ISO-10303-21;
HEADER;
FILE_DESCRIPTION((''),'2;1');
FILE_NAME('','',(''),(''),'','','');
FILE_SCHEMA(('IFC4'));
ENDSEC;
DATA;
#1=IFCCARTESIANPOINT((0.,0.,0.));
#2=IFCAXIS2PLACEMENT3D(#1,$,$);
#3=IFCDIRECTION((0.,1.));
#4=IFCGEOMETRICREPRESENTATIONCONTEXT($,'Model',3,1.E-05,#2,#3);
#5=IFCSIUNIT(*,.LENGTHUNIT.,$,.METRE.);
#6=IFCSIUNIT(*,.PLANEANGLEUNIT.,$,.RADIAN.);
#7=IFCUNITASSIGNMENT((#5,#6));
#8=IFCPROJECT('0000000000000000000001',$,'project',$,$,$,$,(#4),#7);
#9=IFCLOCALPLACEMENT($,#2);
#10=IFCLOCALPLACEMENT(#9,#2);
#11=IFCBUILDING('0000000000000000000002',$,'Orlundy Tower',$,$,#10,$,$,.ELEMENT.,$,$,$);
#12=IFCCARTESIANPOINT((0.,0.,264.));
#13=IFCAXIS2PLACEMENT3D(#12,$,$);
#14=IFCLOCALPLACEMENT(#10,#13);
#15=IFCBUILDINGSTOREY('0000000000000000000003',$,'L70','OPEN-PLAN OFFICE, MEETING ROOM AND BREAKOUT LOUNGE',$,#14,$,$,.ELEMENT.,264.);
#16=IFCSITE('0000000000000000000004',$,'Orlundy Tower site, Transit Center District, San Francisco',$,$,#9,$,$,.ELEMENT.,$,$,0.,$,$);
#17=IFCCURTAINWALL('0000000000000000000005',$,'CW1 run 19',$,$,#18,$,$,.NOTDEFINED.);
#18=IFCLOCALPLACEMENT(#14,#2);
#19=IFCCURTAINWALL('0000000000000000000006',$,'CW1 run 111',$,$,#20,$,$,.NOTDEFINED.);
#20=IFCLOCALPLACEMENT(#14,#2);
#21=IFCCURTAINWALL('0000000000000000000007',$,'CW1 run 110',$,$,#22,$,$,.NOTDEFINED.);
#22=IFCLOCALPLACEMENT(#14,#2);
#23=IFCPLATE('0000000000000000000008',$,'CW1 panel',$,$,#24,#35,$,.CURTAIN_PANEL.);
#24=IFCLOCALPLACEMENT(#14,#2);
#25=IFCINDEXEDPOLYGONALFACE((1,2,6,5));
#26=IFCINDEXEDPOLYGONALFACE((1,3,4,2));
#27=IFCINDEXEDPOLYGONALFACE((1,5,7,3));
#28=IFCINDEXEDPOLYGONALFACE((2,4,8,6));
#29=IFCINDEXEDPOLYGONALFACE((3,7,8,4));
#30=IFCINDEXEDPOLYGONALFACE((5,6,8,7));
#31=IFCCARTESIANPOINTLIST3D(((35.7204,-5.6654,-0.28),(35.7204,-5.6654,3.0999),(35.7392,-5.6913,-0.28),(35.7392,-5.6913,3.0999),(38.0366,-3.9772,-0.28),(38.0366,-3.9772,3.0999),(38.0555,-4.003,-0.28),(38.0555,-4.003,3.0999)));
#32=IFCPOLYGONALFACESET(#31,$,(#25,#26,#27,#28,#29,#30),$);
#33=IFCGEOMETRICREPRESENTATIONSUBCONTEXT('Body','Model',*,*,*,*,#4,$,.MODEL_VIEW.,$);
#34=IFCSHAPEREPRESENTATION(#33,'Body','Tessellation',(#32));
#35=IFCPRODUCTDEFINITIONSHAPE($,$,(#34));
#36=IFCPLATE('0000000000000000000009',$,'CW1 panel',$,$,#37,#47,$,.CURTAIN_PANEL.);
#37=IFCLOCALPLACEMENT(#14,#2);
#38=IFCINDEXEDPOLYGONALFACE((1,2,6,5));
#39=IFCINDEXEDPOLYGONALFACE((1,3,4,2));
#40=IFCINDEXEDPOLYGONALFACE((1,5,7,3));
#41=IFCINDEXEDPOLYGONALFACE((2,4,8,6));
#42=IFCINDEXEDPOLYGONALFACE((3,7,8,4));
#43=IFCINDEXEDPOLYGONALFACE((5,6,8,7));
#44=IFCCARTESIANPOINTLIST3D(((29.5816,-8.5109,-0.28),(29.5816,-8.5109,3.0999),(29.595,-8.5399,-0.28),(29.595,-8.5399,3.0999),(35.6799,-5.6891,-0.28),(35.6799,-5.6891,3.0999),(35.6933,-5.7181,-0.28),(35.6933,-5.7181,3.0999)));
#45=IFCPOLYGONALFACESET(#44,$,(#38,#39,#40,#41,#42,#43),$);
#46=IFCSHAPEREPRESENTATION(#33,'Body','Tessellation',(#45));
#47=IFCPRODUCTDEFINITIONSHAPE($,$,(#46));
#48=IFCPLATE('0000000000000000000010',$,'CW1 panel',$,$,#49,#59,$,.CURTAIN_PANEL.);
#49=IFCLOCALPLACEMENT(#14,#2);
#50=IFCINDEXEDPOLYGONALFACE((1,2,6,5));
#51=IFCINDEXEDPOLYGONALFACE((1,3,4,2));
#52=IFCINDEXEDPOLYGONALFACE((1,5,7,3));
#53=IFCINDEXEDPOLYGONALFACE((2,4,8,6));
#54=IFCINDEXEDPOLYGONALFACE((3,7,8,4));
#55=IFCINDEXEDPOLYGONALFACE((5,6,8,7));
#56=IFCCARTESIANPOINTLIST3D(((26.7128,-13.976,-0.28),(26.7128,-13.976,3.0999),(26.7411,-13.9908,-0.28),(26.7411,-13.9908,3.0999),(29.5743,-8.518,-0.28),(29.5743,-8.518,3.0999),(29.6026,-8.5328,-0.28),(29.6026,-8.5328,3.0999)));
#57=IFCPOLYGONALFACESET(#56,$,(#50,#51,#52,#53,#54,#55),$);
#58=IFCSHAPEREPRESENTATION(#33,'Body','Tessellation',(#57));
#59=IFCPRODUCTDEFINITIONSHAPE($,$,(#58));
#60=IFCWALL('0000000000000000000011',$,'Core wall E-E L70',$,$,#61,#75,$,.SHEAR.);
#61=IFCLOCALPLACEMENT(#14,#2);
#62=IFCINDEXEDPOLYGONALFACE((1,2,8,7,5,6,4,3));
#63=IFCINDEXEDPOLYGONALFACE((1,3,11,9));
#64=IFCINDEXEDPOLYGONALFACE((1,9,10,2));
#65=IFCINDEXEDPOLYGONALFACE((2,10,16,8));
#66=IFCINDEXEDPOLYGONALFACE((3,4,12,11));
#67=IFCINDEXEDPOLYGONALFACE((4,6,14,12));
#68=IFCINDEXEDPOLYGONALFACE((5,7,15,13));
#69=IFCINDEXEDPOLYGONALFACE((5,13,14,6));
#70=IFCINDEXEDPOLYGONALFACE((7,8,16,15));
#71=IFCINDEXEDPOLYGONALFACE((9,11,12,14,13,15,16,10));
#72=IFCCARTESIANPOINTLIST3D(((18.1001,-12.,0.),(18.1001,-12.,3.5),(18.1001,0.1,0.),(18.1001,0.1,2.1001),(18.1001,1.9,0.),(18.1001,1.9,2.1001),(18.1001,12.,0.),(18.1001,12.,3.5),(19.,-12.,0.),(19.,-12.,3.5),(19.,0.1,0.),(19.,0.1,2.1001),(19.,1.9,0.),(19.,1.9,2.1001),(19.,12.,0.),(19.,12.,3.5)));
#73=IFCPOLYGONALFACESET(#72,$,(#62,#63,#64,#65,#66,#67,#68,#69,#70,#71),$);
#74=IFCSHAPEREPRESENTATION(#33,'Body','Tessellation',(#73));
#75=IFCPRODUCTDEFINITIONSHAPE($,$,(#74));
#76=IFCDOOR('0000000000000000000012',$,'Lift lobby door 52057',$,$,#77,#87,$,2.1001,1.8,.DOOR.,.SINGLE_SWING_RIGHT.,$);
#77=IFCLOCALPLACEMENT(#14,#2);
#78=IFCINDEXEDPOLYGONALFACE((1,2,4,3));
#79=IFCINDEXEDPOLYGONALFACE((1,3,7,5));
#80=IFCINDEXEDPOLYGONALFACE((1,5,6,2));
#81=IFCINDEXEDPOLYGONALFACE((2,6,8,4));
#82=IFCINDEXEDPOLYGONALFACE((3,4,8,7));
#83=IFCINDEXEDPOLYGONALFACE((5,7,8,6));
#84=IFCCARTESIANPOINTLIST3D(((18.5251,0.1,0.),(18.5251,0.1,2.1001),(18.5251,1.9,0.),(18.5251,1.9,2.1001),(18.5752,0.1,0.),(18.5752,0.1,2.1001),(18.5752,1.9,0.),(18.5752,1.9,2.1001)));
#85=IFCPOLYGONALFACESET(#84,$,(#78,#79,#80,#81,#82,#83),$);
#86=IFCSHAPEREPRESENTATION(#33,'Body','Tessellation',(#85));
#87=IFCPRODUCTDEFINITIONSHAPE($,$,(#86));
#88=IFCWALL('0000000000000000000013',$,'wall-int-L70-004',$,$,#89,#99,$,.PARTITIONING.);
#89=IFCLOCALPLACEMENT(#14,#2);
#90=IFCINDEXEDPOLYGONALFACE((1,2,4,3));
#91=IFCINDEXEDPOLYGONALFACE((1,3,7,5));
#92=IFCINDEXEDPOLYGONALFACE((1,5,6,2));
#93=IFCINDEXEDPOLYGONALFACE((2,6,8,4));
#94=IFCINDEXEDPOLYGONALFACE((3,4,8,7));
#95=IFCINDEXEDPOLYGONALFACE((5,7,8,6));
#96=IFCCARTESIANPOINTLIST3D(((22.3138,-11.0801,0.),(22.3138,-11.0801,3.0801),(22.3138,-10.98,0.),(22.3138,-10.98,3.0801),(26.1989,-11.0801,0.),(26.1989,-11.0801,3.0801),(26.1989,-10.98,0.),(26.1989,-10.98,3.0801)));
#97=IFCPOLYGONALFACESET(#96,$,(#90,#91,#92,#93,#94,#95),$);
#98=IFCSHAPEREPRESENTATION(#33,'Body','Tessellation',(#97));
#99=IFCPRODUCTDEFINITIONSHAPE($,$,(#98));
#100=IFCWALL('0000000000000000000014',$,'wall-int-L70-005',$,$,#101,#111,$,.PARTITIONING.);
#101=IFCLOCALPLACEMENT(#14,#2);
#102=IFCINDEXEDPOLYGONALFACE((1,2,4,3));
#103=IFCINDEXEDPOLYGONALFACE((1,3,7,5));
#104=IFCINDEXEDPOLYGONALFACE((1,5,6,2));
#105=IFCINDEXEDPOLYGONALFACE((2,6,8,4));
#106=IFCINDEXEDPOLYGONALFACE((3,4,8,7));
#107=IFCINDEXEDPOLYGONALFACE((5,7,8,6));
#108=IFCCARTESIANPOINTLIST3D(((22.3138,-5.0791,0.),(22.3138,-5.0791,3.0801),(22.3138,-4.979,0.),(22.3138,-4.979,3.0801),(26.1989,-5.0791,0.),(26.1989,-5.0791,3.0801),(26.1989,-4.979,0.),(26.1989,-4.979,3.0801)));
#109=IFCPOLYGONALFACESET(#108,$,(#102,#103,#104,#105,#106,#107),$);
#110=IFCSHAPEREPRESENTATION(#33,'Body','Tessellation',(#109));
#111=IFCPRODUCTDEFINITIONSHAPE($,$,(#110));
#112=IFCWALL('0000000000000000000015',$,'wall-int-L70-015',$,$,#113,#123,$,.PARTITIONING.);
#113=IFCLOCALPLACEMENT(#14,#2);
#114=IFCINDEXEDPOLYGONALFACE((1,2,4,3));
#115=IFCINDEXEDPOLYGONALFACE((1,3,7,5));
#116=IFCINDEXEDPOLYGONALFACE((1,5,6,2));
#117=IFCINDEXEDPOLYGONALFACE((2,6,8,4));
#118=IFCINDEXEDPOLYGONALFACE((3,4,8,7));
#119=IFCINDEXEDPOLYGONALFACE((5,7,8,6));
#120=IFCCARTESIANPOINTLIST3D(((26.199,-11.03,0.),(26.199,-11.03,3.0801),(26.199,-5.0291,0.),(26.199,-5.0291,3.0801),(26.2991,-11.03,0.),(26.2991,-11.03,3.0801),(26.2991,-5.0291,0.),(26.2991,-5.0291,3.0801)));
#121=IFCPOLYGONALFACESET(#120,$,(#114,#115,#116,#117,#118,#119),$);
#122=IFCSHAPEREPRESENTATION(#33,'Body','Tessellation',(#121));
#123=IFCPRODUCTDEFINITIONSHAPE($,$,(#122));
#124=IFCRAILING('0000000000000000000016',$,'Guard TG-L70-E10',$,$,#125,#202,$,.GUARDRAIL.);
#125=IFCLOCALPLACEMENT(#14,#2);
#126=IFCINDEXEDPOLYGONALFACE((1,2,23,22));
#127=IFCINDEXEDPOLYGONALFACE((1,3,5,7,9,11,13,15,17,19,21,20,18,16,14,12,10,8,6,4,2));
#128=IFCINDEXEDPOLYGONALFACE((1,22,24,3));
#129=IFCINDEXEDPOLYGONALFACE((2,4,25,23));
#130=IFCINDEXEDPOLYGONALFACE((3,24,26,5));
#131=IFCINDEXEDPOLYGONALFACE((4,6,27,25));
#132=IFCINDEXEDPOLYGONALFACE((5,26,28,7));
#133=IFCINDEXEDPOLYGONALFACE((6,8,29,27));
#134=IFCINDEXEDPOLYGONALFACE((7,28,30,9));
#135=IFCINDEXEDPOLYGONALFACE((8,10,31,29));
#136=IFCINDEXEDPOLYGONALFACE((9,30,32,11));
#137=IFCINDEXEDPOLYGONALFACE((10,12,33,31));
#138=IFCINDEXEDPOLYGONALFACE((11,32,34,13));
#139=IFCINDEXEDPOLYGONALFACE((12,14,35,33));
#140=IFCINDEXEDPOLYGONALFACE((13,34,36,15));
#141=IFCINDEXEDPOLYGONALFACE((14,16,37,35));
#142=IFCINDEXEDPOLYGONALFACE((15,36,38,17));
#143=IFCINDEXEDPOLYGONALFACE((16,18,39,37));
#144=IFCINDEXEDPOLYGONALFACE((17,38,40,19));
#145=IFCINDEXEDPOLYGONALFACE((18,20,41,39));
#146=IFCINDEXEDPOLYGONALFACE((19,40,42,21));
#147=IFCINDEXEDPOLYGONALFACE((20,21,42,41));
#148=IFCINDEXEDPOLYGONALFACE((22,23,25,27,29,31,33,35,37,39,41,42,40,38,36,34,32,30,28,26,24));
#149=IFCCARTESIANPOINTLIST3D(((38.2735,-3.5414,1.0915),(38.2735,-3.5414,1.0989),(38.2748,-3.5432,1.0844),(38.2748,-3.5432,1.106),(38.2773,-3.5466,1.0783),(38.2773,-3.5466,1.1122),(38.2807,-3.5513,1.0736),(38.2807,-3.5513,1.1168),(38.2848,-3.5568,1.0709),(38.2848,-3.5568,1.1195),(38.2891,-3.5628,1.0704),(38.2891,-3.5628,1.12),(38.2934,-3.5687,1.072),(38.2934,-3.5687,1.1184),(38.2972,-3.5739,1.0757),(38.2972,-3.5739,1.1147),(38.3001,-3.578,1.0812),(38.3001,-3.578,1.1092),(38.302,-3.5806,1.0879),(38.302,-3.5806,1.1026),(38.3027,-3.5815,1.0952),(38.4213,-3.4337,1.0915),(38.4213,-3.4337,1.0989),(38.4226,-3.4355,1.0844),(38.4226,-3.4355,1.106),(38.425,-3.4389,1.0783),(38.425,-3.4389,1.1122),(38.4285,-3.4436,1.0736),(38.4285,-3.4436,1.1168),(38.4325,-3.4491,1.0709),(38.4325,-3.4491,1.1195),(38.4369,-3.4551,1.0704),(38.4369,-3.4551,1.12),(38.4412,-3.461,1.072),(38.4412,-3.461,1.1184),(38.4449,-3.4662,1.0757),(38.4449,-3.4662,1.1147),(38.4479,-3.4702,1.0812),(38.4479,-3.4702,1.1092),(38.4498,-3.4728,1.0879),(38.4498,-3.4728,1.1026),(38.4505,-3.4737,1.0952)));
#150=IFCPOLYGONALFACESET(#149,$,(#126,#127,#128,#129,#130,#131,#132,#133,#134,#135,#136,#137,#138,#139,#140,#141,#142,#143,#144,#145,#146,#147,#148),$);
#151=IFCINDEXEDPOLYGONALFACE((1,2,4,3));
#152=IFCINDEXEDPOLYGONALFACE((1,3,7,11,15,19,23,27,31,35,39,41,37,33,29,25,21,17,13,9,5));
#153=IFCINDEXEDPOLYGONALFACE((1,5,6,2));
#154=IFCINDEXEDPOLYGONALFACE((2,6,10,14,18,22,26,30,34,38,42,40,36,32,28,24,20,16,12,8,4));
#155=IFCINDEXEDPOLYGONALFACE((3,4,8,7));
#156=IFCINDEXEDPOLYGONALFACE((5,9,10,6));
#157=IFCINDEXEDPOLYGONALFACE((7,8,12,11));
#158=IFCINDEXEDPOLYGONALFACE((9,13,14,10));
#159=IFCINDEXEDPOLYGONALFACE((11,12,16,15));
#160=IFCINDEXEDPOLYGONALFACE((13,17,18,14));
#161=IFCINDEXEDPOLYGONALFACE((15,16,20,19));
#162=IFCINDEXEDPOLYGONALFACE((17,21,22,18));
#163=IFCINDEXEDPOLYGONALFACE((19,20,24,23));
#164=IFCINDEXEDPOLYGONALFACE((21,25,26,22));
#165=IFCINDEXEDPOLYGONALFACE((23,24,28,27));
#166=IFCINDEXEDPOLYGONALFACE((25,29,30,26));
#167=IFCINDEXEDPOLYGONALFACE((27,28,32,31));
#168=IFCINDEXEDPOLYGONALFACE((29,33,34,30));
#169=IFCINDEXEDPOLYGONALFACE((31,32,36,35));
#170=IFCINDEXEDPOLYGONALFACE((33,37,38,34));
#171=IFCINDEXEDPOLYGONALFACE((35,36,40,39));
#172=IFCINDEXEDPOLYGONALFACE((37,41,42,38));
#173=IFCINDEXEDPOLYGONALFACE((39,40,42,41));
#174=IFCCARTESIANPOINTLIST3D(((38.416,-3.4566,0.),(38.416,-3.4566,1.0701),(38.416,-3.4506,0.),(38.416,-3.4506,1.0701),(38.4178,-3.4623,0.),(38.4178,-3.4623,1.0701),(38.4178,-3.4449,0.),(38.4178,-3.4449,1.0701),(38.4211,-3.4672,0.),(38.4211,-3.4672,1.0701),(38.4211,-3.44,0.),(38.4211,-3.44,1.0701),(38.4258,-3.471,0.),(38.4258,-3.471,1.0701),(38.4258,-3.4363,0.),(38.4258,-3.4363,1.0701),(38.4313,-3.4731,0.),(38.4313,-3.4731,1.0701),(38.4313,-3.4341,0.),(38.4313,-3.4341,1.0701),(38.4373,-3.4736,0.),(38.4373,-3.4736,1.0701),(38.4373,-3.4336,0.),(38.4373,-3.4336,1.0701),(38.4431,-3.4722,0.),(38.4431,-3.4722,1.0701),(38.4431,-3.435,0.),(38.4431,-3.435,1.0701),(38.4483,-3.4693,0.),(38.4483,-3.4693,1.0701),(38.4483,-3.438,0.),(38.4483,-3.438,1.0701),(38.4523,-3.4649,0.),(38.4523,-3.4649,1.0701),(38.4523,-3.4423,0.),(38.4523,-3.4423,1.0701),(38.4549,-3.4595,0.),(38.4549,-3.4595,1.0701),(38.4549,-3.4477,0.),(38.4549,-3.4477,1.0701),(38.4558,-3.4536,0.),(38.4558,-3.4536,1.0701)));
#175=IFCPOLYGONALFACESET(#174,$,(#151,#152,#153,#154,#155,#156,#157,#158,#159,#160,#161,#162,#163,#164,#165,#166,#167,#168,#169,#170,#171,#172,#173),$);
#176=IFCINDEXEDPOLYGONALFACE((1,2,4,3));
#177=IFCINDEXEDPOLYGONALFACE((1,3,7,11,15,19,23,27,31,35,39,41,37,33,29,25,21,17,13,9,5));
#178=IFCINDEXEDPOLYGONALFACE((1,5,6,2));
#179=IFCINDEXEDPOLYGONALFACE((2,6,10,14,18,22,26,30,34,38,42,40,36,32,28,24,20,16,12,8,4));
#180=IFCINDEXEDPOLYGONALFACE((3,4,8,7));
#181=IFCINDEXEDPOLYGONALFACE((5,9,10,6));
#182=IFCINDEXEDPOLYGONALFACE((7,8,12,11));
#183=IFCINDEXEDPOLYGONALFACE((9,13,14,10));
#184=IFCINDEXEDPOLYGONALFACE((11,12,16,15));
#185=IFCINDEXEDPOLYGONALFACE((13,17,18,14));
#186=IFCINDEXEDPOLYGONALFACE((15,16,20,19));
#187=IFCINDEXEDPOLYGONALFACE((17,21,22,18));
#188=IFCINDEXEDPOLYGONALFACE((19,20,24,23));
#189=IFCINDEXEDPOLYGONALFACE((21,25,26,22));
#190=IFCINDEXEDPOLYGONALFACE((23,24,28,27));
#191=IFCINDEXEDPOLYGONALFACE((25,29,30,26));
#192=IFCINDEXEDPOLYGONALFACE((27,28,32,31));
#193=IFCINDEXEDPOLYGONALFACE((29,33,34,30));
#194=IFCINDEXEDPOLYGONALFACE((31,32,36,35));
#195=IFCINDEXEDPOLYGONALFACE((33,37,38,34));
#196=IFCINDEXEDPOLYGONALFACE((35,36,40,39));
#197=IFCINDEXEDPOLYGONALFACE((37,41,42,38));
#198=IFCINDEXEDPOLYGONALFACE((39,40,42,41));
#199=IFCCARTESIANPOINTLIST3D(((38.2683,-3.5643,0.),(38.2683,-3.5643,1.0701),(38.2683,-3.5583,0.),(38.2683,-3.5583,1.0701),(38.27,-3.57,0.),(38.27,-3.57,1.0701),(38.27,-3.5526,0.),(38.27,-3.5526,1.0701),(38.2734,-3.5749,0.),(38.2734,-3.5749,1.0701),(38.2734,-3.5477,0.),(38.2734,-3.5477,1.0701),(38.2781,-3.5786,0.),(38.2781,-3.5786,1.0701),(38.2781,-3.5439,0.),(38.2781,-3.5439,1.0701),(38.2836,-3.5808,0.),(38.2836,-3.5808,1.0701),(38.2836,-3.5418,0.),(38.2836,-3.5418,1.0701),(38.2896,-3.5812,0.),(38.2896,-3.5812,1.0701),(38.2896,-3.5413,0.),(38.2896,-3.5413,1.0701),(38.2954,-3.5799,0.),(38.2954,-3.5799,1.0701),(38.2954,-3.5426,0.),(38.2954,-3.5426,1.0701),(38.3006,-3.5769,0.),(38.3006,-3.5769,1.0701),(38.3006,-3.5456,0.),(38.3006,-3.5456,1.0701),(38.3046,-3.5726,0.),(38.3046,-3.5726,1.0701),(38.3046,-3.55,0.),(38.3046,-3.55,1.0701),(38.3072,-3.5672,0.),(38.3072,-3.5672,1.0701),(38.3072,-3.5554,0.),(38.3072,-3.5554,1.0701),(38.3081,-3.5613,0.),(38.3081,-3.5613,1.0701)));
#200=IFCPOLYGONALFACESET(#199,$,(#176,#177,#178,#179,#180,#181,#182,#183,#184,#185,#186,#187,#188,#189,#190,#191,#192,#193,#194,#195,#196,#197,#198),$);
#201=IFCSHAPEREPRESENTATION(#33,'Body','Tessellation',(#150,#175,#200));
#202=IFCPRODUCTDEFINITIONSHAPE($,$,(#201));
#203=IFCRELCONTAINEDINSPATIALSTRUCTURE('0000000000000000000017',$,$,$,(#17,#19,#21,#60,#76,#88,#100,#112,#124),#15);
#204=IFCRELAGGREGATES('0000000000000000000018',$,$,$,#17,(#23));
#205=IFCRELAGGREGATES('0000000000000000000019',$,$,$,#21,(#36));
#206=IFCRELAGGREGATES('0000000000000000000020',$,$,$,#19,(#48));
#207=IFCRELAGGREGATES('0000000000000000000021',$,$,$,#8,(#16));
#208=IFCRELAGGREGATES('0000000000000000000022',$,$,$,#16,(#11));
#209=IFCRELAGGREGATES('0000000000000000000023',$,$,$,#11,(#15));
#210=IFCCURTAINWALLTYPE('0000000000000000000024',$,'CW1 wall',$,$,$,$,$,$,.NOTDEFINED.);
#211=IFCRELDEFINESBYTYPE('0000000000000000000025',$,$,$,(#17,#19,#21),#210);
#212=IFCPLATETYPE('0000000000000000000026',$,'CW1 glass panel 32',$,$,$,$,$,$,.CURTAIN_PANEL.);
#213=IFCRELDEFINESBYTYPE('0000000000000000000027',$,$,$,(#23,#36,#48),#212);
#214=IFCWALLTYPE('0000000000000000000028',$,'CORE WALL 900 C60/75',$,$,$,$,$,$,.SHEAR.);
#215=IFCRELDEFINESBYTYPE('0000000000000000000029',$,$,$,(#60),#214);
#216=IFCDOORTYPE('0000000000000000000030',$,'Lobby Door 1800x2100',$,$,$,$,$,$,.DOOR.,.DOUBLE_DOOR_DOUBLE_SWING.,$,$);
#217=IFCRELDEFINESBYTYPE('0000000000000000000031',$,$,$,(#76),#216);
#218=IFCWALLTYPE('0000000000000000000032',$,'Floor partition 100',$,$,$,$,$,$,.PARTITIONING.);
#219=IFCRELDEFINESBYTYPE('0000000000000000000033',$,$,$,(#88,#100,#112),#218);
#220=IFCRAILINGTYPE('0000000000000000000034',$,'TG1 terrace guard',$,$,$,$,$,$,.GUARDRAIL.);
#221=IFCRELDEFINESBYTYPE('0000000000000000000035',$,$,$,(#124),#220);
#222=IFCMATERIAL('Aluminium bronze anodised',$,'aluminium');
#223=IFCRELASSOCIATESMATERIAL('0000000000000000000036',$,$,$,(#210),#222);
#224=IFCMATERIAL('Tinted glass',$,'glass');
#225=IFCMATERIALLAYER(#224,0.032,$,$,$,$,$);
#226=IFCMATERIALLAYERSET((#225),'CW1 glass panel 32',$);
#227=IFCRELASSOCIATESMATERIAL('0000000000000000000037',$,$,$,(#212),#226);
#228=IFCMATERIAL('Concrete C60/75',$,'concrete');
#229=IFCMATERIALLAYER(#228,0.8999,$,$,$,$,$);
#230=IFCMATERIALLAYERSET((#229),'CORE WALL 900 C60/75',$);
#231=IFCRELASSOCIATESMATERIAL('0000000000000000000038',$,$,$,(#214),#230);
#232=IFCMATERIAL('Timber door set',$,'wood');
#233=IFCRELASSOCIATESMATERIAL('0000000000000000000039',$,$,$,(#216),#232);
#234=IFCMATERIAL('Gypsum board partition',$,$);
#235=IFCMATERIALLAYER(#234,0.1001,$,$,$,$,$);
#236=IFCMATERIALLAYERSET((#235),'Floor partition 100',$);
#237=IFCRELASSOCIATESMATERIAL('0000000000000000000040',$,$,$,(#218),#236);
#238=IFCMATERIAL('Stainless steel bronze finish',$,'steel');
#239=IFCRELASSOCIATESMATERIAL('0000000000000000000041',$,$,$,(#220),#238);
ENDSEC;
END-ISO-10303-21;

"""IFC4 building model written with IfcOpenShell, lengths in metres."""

from ifc_helpers import new_model, si_unit, direction, frame, frame_2d, origin, origin_2d, place, context, subcontext, project, spatial, rectangle, circle, extrude, material, layer, layer_set, type_object, element, fill, aggregate, save


model = new_model("IFC4")

# Units and contexts
model_context = context("Model", 3, precision=1e-05, world=origin(), true_north=direction((0.0, 1.0)))
body_context = subcontext(model_context, "Body", "Model", "MODEL_VIEW")
ifc_project = project(units=[si_unit("LENGTHUNIT", "METRE"), si_unit("PLANEANGLEUNIT", "RADIAN")], contexts=[model_context])

# Site, building, storey
site_placement = place(None, origin())
site = spatial("IfcSite", under=ifc_project, at=site_placement, Name="Orlundy Tower site, Transit Center District, San Francisco", CompositionType="ELEMENT", RefElevation=0.0)
building_placement = place(site_placement, origin())
building = spatial("IfcBuilding", under=site, at=building_placement, Name="Orlundy Tower", CompositionType="ELEMENT")
storey_placement = place(building_placement, frame((0.0, 0.0, 264.0)))
storey = spatial("IfcBuildingStorey", under=building, at=storey_placement, Name="L70", Description="OPEN-PLAN OFFICE, MEETING ROOM AND BREAKOUT LOUNGE", CompositionType="ELEMENT", Elevation=264.0)

# Curtain walls
ifc_material_1 = material(Name="Aluminium bronze anodised", Category="aluminium")
curtain_wall_type = type_object("IfcCurtainWallType", Name="CW1 wall", PredefinedType="NOTDEFINED", material=ifc_material_1)
curtain_wall_1_placement = place(storey_placement, origin())
curtain_wall_1 = element("IfcCurtainWall", 1, at=curtain_wall_1_placement, inside=storey, type_object=curtain_wall_type, Name="CW1 run 19", PredefinedType="NOTDEFINED")
curtain_wall_2_placement = place(storey_placement, origin())
curtain_wall_2 = element("IfcCurtainWall", 2, at=curtain_wall_2_placement, inside=storey, type_object=curtain_wall_type, Name="CW1 run 111", PredefinedType="NOTDEFINED")
curtain_wall_3_placement = place(storey_placement, origin())
curtain_wall_3 = element("IfcCurtainWall", 3, at=curtain_wall_3_placement, inside=storey, type_object=curtain_wall_type, Name="CW1 run 110", PredefinedType="NOTDEFINED")

# Plates
ifc_material_2 = material(Name="Tinted glass", Category="glass")
ifc_layer_1 = layer(ifc_material_2, 0.032)
ifc_layer_set_1 = layer_set([ifc_layer_1], Name="CW1 glass panel 32")
plate_type = type_object("IfcPlateType", Name="CW1 glass panel 32", PredefinedType="CURTAIN_PANEL", material=ifc_layer_set_1)
plate_1_placement = place(storey_placement, frame((36.8879, -4.8342, -0.28), z_axis=(0.0, 0.0, 1.0), x_axis=(-0.808117, -0.589022, 0.0)))
plate_1 = element("IfcPlate", 4, at=plate_1_placement, type_object=plate_type, Name="CW1 panel", PredefinedType="CURTAIN_PANEL", context=body_context, shape_type="SweptSolid", body=[
    extrude(rectangle(XDim=2.8662, YDim=0.032, at=origin_2d()), origin(), (0.0, 0.0, 1.0), 3.3799),
])
aggregate(curtain_wall_1, [plate_1])
plate_2_placement = place(storey_placement, frame((32.6375, -7.1145, -0.28), z_axis=(0.0, 0.0, 1.0), x_axis=(-0.907549, -0.419946, 0.0)))
plate_2 = element("IfcPlate", 5, at=plate_2_placement, type_object=plate_type, Name="CW1 panel", PredefinedType="CURTAIN_PANEL", context=body_context, shape_type="SweptSolid", body=[
    extrude(rectangle(XDim=6.7195, YDim=0.032, at=origin_2d()), origin(), (0.0, 0.0, 1.0), 3.3799),
])
aggregate(curtain_wall_3, [plate_2])
plate_3_placement = place(storey_placement, frame((28.1577, -11.2544, -0.28), z_axis=(0.0, 0.0, 1.0), x_axis=(-0.464333, -0.885661, 0.0)))
plate_3 = element("IfcPlate", 6, at=plate_3_placement, type_object=plate_type, Name="CW1 panel", PredefinedType="CURTAIN_PANEL", context=body_context, shape_type="SweptSolid", body=[
    extrude(rectangle(XDim=6.1626, YDim=0.032, at=origin_2d()), origin(), (0.0, 0.0, 1.0), 3.3799),
])
aggregate(curtain_wall_2, [plate_3])

# Wall, opening, door
ifc_material_3 = material(Name="Concrete C60/75", Category="concrete")
ifc_layer_2 = layer(ifc_material_3, 0.8999)
ifc_layer_set_2 = layer_set([ifc_layer_2], Name="CORE WALL 900 C60/75")
wall_type_1 = type_object("IfcWallType", Name="CORE WALL 900 C60/75", PredefinedType="SHEAR", material=ifc_layer_set_2)
wall_1_placement = place(storey_placement, frame((18.55, -12.0, 0.0), z_axis=(0.0, 0.0, 1.0), x_axis=(0.0, 1.0, 0.0)))
wall_1 = element("IfcWall", 7, at=wall_1_placement, inside=storey, type_object=wall_type_1, Name="Core wall E-E L70", PredefinedType="SHEAR", context=body_context, shape_type="SweptSolid", body=[
    extrude(rectangle(XDim=24.0, YDim=0.8999, at=frame_2d((12.0, 0.0))), origin(), (0.0, 0.0, 1.0), 3.5),
])
opening_placement = place(wall_1_placement, frame((12.1001, 0.0, 0.0)))
opening = element("IfcOpeningElement", 8, at=opening_placement, cuts=wall_1, PredefinedType="OPENING", context=body_context, shape_type="SweptSolid", body=[
    extrude(rectangle(XDim=1.8, YDim=2.1001, at=frame_2d((0.8999, 1.05))), frame((0.0, 0.46, 0.0), z_axis=(0.0, -1.0, 0.0), x_axis=(1.0, 0.0, 0.0)), (0.0, 0.0, 1.0), 0.9199),
])
ifc_material_4 = material(Name="Timber door set", Category="wood")
door_type = type_object("IfcDoorType", Name="Lobby Door 1800x2100", OperationType="DOUBLE_DOOR_DOUBLE_SWING", PredefinedType="DOOR", material=ifc_material_4)
door_placement = place(opening_placement, origin())
door = element("IfcDoor", 9, at=door_placement, inside=storey, type_object=door_type, Name="Lift lobby door 52057", OperationType="SINGLE_SWING_RIGHT", OverallHeight=2.1001, OverallWidth=1.8, PredefinedType="DOOR", context=body_context, shape_type="SweptSolid", body=[
    extrude(rectangle(XDim=1.8, YDim=2.1001, at=frame_2d((0.8999, 1.05))), frame((0.0, 0.0249, 0.0), z_axis=(0.0, -1.0, 0.0), x_axis=(1.0, 0.0, 0.0)), (0.0, 0.0, 1.0), 0.05),
])
fill(opening, door)

# Walls
ifc_material_5 = material(Name="Gypsum board partition")
ifc_layer_3 = layer(ifc_material_5, 0.1001)
ifc_layer_set_3 = layer_set([ifc_layer_3], Name="Floor partition 100")
wall_type_2 = type_object("IfcWallType", Name="Floor partition 100", PredefinedType="PARTITIONING", material=ifc_layer_set_3)
for number, where, z_axis, x_axis, name in (
    (10, (22.314, -11.03, 0.0), (0.0, 0.0, 1.0), (1.0, 0.0, 0.0), "wall-int-L70-004"),
    (11, (22.314, -5.0291, 0.0), (0.0, 0.0, 1.0), (1.0, 0.0, 0.0), "wall-int-L70-005"),
):
    element("IfcWall", number, at=place(storey_placement, frame(where, z_axis=z_axis, x_axis=x_axis)), inside=storey, type_object=wall_type_2, Name=name, PredefinedType="PARTITIONING", context=body_context, shape_type="SweptSolid", body=[
        extrude(rectangle(XDim=3.885, YDim=0.1001, at=frame_2d((1.9424, 0.0))), origin(), (0.0, 0.0, 1.0), 3.0801),
    ])
wall_2_placement = place(storey_placement, frame((26.249, -11.03, 0.0), z_axis=(0.0, 0.0, 1.0), x_axis=(0.0, 1.0, 0.0)))
element("IfcWall", 12, at=wall_2_placement, inside=storey, type_object=wall_type_2, Name="wall-int-L70-015", PredefinedType="PARTITIONING", context=body_context, shape_type="SweptSolid", body=[
    extrude(rectangle(XDim=6.001, YDim=0.1001, at=frame_2d((3.0005, 0.0))), origin(), (0.0, 0.0, 1.0), 3.0801),
])

# Railing
ifc_material_6 = material(Name="Stainless steel bronze finish", Category="steel")
railing_type = type_object("IfcRailingType", Name="TG1 terrace guard", PredefinedType="GUARDRAIL", material=ifc_material_6)
railing_placement = place(storey_placement, frame((38.4358, -3.4536, 0.0)))
element("IfcRailing", 13, at=railing_placement, inside=storey, type_object=railing_type, Name="Guard TG-L70-E10", PredefinedType="GUARDRAIL", context=body_context, shape_type="SweptSolid", body=[
    extrude(circle(Radius=0.0249, at=origin_2d()), frame((0.0, 0.0, 1.0952), z_axis=(-0.8081, -0.589045, 0.0), x_axis=(0.589045, -0.8081, 0.0)), (0.0, 0.0, 1.0), 0.1829),
    extrude(circle(Radius=0.02, at=origin_2d()), origin(), (0.0, 0.0, 1.0), 1.0701),
    extrude(circle(Radius=0.02, at=origin_2d()), frame((-0.1477, -0.1077, 0.0)), (0.0, 0.0, 1.0), 1.0701),
])

save(model, "model.ifc")
